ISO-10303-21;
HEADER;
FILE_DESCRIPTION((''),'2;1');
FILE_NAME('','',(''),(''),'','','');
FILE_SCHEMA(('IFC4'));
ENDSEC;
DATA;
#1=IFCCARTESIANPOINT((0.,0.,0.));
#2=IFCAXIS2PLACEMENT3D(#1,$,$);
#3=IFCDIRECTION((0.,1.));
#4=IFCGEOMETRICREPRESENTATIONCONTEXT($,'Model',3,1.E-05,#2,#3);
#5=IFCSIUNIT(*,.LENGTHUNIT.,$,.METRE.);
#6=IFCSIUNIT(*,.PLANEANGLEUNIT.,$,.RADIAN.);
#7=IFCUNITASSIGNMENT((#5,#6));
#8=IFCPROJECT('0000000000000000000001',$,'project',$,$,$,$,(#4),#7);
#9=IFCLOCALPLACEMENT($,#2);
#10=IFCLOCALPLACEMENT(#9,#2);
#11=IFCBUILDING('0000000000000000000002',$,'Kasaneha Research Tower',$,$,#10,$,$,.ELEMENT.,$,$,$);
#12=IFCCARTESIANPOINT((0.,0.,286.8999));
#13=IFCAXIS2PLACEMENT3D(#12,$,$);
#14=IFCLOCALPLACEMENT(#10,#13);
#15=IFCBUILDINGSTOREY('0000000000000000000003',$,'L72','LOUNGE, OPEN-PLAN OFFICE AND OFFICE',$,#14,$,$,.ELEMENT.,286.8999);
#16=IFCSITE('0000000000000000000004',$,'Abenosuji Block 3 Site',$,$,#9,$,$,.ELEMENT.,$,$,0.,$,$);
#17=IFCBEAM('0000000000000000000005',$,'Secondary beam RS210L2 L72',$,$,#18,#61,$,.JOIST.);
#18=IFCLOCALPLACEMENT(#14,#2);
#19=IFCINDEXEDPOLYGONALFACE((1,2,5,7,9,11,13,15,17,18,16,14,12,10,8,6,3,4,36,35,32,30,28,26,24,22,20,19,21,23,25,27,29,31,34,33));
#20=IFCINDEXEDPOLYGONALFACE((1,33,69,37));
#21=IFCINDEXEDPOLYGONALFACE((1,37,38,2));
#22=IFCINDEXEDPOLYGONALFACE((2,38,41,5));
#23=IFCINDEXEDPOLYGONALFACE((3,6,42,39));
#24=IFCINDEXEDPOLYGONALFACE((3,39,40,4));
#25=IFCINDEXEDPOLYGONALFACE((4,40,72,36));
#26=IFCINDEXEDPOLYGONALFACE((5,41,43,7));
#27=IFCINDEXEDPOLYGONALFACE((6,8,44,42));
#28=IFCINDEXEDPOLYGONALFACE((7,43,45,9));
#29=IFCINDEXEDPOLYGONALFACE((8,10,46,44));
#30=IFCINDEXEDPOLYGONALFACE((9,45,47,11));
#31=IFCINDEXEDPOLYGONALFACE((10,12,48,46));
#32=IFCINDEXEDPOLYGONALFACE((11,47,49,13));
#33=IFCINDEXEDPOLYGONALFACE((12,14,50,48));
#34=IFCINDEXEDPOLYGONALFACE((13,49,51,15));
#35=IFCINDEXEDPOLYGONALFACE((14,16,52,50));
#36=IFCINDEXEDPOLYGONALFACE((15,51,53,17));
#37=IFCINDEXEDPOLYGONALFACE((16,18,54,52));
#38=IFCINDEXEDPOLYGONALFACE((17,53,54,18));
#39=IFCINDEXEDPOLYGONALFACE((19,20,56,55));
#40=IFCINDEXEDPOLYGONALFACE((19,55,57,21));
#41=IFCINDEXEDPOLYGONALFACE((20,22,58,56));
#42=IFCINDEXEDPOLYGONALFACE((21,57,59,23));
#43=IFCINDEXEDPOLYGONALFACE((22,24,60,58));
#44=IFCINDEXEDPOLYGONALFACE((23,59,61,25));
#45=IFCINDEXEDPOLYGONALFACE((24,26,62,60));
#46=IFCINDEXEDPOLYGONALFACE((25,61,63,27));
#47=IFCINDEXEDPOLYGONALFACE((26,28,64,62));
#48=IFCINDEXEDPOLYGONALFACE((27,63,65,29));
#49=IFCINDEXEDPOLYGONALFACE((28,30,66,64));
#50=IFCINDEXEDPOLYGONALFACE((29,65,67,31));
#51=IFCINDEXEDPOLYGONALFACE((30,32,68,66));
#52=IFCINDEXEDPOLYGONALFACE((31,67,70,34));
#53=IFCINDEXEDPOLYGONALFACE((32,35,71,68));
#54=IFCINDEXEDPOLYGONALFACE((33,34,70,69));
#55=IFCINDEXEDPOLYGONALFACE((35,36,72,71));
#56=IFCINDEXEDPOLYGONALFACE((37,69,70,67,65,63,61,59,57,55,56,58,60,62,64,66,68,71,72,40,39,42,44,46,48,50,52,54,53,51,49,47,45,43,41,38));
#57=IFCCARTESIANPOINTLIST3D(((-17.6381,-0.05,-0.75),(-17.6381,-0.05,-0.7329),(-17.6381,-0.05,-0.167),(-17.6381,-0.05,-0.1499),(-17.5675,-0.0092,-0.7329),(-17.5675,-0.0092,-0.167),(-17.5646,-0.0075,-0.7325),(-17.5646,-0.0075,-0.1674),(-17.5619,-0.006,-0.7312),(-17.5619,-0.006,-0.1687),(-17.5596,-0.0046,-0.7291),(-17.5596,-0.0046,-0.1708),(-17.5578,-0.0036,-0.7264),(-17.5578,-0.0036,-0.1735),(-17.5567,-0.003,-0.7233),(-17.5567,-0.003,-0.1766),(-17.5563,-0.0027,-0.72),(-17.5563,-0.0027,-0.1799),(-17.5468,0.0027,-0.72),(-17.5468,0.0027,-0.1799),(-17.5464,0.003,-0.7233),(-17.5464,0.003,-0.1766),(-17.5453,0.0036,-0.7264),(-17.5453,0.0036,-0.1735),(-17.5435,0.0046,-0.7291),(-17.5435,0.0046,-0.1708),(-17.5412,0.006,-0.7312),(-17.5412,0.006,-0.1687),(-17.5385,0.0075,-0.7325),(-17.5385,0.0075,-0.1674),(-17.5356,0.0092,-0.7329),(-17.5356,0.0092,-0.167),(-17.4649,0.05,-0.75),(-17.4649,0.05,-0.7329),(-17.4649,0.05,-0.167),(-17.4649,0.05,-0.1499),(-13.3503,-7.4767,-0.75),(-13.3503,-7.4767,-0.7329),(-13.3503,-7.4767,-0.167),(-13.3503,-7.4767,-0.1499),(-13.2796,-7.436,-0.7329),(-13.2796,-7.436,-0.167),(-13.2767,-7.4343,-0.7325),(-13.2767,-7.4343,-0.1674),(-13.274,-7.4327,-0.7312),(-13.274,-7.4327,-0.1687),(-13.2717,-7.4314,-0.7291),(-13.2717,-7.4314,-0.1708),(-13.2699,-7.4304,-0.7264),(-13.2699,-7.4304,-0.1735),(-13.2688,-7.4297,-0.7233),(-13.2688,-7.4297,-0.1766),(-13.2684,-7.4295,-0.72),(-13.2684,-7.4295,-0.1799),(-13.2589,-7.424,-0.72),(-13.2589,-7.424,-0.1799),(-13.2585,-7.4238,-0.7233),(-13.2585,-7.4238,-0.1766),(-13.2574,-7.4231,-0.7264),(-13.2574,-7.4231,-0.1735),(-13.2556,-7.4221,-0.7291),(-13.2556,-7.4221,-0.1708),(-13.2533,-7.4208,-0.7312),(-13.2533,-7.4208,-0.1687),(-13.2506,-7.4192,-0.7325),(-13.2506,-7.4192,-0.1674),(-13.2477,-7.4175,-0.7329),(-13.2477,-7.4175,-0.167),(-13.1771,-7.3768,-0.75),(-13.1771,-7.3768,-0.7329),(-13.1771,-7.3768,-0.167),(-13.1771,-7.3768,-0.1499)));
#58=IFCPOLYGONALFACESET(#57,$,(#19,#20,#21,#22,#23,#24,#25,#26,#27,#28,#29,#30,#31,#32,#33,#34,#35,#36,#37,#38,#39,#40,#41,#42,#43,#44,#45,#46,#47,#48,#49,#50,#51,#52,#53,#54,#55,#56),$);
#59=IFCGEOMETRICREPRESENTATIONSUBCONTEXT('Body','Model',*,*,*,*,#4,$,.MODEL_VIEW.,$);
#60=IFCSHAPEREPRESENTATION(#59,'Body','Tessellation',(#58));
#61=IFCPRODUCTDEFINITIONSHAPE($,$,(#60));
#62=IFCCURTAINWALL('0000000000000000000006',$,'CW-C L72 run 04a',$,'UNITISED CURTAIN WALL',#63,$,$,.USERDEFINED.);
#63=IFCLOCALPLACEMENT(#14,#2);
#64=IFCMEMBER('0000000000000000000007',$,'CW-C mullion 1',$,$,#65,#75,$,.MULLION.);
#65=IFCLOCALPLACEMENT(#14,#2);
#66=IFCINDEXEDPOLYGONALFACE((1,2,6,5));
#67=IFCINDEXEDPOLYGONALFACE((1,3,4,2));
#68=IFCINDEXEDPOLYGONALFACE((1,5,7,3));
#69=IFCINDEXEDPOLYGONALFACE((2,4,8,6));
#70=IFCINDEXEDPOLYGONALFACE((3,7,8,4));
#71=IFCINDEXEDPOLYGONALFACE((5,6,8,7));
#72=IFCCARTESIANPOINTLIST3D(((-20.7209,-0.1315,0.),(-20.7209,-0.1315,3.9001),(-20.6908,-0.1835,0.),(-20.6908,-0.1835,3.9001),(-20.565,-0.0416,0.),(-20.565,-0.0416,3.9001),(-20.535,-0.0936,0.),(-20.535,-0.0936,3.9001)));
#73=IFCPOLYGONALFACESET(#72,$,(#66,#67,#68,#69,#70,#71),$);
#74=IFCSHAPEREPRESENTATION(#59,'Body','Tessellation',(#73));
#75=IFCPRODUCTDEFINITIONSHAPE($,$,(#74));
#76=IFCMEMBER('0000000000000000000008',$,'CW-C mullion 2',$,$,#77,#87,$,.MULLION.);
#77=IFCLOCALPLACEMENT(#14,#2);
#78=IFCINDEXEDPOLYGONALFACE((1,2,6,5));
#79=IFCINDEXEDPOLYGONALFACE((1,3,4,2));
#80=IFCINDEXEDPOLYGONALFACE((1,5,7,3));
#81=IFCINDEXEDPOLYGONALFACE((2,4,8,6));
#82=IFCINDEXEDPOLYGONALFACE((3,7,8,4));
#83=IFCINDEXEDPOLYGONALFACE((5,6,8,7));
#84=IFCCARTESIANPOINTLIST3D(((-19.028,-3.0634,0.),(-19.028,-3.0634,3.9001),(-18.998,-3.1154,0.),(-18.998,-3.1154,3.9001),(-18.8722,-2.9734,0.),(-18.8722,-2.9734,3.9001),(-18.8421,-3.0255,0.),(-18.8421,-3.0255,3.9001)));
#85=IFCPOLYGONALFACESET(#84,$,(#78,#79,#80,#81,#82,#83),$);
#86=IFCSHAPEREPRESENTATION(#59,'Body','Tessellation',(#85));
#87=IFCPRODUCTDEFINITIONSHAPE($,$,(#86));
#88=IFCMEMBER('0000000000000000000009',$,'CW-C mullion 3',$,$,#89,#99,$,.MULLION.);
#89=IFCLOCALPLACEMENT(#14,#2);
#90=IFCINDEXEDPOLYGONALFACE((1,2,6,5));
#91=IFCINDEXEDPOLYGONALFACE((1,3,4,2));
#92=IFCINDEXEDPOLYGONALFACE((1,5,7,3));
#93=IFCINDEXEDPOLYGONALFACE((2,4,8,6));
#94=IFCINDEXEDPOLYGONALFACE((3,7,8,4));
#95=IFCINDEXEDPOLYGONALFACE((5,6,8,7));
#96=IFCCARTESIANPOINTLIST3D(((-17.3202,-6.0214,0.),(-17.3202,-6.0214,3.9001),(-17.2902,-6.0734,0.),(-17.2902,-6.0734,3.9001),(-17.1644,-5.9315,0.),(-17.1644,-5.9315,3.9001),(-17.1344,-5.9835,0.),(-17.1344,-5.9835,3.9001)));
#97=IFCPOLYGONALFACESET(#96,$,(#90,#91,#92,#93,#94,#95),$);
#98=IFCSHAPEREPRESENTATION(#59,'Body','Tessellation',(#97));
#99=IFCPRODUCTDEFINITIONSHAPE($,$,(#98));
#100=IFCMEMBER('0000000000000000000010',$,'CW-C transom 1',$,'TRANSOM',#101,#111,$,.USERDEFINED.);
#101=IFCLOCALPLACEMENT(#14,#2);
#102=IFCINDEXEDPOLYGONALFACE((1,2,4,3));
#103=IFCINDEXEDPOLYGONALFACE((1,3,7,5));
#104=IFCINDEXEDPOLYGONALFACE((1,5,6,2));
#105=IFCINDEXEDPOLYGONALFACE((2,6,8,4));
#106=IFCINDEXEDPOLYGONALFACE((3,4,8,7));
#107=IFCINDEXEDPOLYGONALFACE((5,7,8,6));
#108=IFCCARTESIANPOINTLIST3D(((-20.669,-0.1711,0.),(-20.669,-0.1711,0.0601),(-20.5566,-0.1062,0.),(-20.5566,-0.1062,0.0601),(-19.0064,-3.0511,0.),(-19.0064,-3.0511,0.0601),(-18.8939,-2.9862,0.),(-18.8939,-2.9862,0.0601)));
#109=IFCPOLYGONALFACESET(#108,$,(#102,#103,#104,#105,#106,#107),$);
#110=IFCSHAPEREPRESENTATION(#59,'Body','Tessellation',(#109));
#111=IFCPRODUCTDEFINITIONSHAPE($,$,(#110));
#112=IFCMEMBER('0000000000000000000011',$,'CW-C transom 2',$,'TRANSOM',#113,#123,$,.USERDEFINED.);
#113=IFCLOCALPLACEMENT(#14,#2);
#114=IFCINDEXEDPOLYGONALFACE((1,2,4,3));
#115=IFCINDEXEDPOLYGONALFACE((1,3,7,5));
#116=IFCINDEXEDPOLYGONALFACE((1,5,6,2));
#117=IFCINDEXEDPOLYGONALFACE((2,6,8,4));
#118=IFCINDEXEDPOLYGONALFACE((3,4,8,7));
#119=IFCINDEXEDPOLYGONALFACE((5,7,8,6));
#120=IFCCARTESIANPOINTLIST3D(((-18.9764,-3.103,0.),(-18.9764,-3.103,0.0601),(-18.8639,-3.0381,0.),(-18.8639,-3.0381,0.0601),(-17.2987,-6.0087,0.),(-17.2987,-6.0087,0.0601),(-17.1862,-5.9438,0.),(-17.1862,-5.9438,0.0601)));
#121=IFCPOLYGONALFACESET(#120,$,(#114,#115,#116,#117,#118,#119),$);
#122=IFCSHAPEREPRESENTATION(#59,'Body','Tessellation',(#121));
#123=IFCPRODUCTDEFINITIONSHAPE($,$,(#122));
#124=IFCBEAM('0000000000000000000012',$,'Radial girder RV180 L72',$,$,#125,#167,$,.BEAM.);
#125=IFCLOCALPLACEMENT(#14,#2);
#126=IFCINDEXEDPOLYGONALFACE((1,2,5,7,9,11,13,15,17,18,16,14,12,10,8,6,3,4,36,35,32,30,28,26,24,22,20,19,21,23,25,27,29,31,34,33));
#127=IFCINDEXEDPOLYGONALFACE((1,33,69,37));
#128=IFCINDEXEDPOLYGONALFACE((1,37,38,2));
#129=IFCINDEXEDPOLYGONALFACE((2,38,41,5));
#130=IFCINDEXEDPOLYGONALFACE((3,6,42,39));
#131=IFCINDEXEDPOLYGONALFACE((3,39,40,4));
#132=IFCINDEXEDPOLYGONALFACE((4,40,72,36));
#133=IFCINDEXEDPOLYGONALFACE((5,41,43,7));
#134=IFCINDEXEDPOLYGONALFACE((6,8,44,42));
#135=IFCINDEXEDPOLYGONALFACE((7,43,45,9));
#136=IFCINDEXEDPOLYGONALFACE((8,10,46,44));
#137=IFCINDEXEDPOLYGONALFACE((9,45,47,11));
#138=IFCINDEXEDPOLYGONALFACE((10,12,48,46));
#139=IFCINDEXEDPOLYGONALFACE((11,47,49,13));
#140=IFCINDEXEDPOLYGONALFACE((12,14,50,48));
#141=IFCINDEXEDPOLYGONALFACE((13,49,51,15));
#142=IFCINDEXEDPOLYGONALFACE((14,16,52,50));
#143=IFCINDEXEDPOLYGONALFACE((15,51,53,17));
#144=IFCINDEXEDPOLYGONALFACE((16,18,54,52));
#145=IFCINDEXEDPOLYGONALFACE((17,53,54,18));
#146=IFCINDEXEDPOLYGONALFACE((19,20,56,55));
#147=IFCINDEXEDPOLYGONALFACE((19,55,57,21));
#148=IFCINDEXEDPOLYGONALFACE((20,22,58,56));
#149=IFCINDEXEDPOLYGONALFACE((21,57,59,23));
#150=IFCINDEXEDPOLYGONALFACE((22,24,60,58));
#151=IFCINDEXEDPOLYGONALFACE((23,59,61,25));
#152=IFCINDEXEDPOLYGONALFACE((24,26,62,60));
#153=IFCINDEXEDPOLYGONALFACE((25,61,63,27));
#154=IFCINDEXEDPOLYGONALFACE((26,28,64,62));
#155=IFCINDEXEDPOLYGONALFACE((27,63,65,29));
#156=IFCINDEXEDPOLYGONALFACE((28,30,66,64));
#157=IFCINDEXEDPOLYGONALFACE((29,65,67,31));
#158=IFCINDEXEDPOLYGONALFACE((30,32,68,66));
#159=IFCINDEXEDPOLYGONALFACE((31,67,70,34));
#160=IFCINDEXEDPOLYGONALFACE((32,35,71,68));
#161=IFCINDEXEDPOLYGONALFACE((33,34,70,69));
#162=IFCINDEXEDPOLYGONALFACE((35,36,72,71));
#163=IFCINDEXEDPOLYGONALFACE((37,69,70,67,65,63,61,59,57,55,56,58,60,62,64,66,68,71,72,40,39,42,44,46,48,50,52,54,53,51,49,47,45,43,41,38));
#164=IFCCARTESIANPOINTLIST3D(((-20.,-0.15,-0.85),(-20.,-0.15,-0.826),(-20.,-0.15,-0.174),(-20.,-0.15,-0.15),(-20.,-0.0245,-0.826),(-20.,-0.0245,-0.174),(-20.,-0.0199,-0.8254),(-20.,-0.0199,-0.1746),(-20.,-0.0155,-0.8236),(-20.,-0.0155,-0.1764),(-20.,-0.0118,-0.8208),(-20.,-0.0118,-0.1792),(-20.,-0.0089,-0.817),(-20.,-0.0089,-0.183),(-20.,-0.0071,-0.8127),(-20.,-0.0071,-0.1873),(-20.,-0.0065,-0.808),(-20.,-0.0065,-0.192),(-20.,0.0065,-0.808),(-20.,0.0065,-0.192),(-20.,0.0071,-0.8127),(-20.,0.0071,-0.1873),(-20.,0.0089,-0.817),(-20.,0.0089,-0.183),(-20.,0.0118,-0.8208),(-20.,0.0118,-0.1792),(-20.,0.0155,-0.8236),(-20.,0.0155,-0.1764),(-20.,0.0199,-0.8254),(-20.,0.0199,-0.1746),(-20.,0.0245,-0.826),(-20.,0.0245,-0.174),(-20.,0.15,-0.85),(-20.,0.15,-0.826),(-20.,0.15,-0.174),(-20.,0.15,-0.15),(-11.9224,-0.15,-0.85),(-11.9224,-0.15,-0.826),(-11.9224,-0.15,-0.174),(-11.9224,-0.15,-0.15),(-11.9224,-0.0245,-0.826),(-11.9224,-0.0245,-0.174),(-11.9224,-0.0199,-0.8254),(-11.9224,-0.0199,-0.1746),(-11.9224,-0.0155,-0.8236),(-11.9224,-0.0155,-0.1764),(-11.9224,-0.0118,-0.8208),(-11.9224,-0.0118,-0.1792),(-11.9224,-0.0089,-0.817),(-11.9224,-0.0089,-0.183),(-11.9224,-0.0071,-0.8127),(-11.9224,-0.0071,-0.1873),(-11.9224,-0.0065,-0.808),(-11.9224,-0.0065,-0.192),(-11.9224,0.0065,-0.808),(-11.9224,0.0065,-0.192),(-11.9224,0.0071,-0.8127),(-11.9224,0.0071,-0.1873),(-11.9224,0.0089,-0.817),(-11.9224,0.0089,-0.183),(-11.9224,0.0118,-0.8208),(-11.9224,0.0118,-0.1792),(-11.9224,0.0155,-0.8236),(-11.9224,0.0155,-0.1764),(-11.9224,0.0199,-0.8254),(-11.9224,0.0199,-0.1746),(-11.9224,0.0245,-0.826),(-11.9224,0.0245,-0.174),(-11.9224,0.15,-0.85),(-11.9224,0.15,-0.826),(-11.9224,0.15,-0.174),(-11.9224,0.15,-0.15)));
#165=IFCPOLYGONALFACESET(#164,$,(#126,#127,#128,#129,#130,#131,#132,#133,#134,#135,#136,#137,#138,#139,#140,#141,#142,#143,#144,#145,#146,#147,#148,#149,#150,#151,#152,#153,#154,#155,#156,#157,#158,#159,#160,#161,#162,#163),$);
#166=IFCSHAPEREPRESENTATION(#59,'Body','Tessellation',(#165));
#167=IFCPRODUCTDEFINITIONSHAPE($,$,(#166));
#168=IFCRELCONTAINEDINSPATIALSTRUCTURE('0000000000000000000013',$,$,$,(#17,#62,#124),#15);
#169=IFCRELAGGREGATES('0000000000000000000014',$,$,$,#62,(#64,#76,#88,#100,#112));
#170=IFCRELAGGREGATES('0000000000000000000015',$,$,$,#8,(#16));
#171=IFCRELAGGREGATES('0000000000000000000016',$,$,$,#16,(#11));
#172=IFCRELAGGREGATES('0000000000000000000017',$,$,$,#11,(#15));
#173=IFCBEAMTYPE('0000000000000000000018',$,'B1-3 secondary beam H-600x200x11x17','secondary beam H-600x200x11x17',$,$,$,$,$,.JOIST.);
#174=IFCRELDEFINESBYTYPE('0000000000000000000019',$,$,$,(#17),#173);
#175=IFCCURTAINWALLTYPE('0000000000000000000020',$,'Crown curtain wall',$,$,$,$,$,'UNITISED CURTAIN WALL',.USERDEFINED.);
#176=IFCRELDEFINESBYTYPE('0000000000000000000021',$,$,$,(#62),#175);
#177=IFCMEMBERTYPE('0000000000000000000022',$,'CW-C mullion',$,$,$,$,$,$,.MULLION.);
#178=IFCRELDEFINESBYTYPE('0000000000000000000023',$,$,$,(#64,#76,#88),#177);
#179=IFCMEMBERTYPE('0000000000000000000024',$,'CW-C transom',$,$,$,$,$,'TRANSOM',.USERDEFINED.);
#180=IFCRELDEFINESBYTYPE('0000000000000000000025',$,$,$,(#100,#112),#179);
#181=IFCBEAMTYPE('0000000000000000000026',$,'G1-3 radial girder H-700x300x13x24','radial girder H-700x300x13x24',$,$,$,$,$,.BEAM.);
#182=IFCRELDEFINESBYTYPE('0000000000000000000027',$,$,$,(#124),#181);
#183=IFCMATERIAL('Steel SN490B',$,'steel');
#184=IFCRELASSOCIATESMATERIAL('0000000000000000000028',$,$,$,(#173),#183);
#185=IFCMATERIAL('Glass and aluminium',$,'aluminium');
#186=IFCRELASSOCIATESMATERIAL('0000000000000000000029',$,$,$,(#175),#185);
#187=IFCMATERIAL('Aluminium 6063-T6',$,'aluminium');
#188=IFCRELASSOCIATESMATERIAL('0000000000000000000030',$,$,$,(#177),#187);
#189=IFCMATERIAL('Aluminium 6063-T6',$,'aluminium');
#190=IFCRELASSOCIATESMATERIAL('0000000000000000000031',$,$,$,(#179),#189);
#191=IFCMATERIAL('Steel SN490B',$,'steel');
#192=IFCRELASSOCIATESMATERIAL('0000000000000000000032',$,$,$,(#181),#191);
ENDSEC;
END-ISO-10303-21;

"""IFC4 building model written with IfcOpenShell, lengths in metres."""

from ifc_helpers import new_model, si_unit, direction, frame, origin, origin_2d, place, context, subcontext, project, spatial, rectangle, i_section, extrude, material, material_profile, profile_set, type_object, element, aggregate, save


model = new_model("IFC4")

# Units and contexts
model_context = context("Model", 3, precision=1e-05, world=origin(), true_north=direction((0.0, 1.0)))
body_context = subcontext(model_context, "Body", "Model", "MODEL_VIEW")
ifc_project = project(units=[si_unit("LENGTHUNIT", "METRE"), si_unit("PLANEANGLEUNIT", "RADIAN")], contexts=[model_context])

# Site, building, storey
site_placement = place(None, origin())
site = spatial("IfcSite", under=ifc_project, at=site_placement, Name="Abenosuji Block 3 Site", CompositionType="ELEMENT", RefElevation=0.0)
building_placement = place(site_placement, origin())
building = spatial("IfcBuilding", under=site, at=building_placement, Name="Kasaneha Research Tower", CompositionType="ELEMENT")
storey_placement = place(building_placement, frame((0.0, 0.0, 286.8999)))
storey = spatial("IfcBuildingStorey", under=building, at=storey_placement, Name="L72", Description="LOUNGE, OPEN-PLAN OFFICE AND OFFICE", CompositionType="ELEMENT", Elevation=286.8999)

# Beam
ifc_material_1 = material(Name="Steel SN490B", Category="steel")
ifc_material_profile_1 = material_profile(ifc_material_1, i_section(OverallWidth=0.2, OverallDepth=0.6001, WebThickness=0.011, FlangeThickness=0.0171, FilletRadius=0.0129, at=origin_2d()), Name="H-600x200x11x17")
ifc_profile_set_1 = profile_set([ifc_material_profile_1], Name="Steel SN490B")
beam_type_1 = type_object("IfcBeamType", Name="B1-3 secondary beam H-600x200x11x17", Description="secondary beam H-600x200x11x17", PredefinedType="JOIST", material=ifc_profile_set_1)
beam_1_placement = place(storey_placement, frame((-17.5515, 0.0, -0.45), z_axis=(0.5, -0.866025, 0.0), x_axis=(0.866025, 0.5, 0.0)))
element("IfcBeam", 1, at=beam_1_placement, inside=storey, type_object=beam_type_1, Name="Secondary beam RS210L2 L72", PredefinedType="JOIST", context=body_context, shape_type="SweptSolid", body=[
    extrude(i_section(OverallWidth=0.2, OverallDepth=0.6001, WebThickness=0.011, FlangeThickness=0.0171, FilletRadius=0.0129, at=origin_2d()), origin(), (0.0, 0.0, 1.0), 8.5757),
])

# Curtain wall, members
ifc_material_2 = material(Name="Glass and aluminium", Category="aluminium")
curtain_wall_type = type_object("IfcCurtainWallType", Name="Crown curtain wall", ElementType="UNITISED CURTAIN WALL", PredefinedType="USERDEFINED", material=ifc_material_2)
curtain_wall_placement = place(storey_placement, origin())
curtain_wall = element("IfcCurtainWall", 2, at=curtain_wall_placement, inside=storey, type_object=curtain_wall_type, Name="CW-C L72 run 04a", ObjectType="UNITISED CURTAIN WALL", PredefinedType="USERDEFINED")
ifc_material_3 = material(Name="Aluminium 6063-T6", Category="aluminium")
ifc_material_profile_2 = material_profile(ifc_material_3, rectangle(XDim=0.0601, YDim=0.1799, at=origin_2d()), Name="CW-C mullion 60x180")
ifc_profile_set_2 = profile_set([ifc_material_profile_2], Name="Aluminium 6063-T6")
member_type_1 = type_object("IfcMemberType", Name="CW-C mullion", PredefinedType="MULLION", material=ifc_profile_set_2)
member_1_placement = place(storey_placement, frame((-20.6279, -0.1125, 0.0), z_axis=(0.0, 0.0, 1.0), x_axis=(0.5, -0.866025, 0.0)))
member_1 = element("IfcMember", 3, at=member_1_placement, type_object=member_type_1, Name="CW-C mullion 1", PredefinedType="MULLION", context=body_context, shape_type="SweptSolid", body=[
    extrude(rectangle(XDim=0.0601, YDim=0.1799, at=origin_2d()), origin(), (0.0, 0.0, 1.0), 3.9001),
])
member_2_placement = place(storey_placement, frame((-18.9351, -3.0444, 0.0), z_axis=(0.0, 0.0, 1.0), x_axis=(0.5, -0.866025, 0.0)))
member_2 = element("IfcMember", 4, at=member_2_placement, type_object=member_type_1, Name="CW-C mullion 2", PredefinedType="MULLION", context=body_context, shape_type="SweptSolid", body=[
    extrude(rectangle(XDim=0.0601, YDim=0.1799, at=origin_2d()), origin(), (0.0, 0.0, 1.0), 3.9001),
])
member_3_placement = place(storey_placement, frame((-17.2273, -6.0024, 0.0), z_axis=(0.0, 0.0, 1.0), x_axis=(0.5, -0.866025, 0.0)))
member_3 = element("IfcMember", 5, at=member_3_placement, type_object=member_type_1, Name="CW-C mullion 3", PredefinedType="MULLION", context=body_context, shape_type="SweptSolid", body=[
    extrude(rectangle(XDim=0.0601, YDim=0.1799, at=origin_2d()), origin(), (0.0, 0.0, 1.0), 3.9001),
])
ifc_material_4 = material(Name="Aluminium 6063-T6", Category="aluminium")
ifc_material_profile_3 = material_profile(ifc_material_4, rectangle(XDim=0.1299, YDim=0.0601, at=origin_2d()), Name="CW-C transom 130x60")
ifc_profile_set_3 = profile_set([ifc_material_profile_3], Name="Aluminium 6063-T6")
member_type_2 = type_object("IfcMemberType", Name="CW-C transom", ElementType="TRANSOM", PredefinedType="USERDEFINED", material=ifc_profile_set_3)
member_4_placement = place(storey_placement, frame((-20.6128, -0.1387, 0.03), z_axis=(0.499977, -0.866039, 0.0), x_axis=(0.866039, 0.499977, 0.0)))
member_4 = element("IfcMember", 6, at=member_4_placement, type_object=member_type_2, Name="CW-C transom 1", ObjectType="TRANSOM", PredefinedType="USERDEFINED", context=body_context, shape_type="SweptSolid", body=[
    extrude(rectangle(XDim=0.1299, YDim=0.0601, at=origin_2d()), origin(), (0.0, 0.0, 1.0), 3.3254),
])
member_5_placement = place(storey_placement, frame((-18.9202, -3.0706, 0.03), z_axis=(0.500021, -0.866014, 0.0), x_axis=(0.866014, 0.500021, 0.0)))
member_5 = element("IfcMember", 7, at=member_5_placement, type_object=member_type_2, Name="CW-C transom 2", ObjectType="TRANSOM", PredefinedType="USERDEFINED", context=body_context, shape_type="SweptSolid", body=[
    extrude(rectangle(XDim=0.1299, YDim=0.0601, at=origin_2d()), origin(), (0.0, 0.0, 1.0), 3.3552),
])

# Beam
ifc_material_5 = material(Name="Steel SN490B", Category="steel")
ifc_material_profile_4 = material_profile(ifc_material_5, i_section(OverallWidth=0.3, OverallDepth=0.7, WebThickness=0.0129, FlangeThickness=0.0239, FilletRadius=0.0181, at=origin_2d()), Name="H-700x300x13x24")
ifc_profile_set_4 = profile_set([ifc_material_profile_4], Name="Steel SN490B")
beam_type_2 = type_object("IfcBeamType", Name="G1-3 radial girder H-700x300x13x24", Description="radial girder H-700x300x13x24", PredefinedType="BEAM", material=ifc_profile_set_4)
beam_2_placement = place(storey_placement, frame((-11.9224, 0.0, -0.5), z_axis=(-1.0, 0.0, 0.0), x_axis=(0.0, -1.0, 0.0)))
element("IfcBeam", 8, at=beam_2_placement, inside=storey, type_object=beam_type_2, Name="Radial girder RV180 L72", PredefinedType="BEAM", context=body_context, shape_type="SweptSolid", body=[
    extrude(i_section(OverallWidth=0.3, OverallDepth=0.7, WebThickness=0.0129, FlangeThickness=0.0239, FilletRadius=0.0181, at=origin_2d()), origin(), (0.0, 0.0, 1.0), 8.0776),
])

aggregate(curtain_wall, [member_1, member_2, member_3, member_4, member_5])

save(model, "model.ifc")
